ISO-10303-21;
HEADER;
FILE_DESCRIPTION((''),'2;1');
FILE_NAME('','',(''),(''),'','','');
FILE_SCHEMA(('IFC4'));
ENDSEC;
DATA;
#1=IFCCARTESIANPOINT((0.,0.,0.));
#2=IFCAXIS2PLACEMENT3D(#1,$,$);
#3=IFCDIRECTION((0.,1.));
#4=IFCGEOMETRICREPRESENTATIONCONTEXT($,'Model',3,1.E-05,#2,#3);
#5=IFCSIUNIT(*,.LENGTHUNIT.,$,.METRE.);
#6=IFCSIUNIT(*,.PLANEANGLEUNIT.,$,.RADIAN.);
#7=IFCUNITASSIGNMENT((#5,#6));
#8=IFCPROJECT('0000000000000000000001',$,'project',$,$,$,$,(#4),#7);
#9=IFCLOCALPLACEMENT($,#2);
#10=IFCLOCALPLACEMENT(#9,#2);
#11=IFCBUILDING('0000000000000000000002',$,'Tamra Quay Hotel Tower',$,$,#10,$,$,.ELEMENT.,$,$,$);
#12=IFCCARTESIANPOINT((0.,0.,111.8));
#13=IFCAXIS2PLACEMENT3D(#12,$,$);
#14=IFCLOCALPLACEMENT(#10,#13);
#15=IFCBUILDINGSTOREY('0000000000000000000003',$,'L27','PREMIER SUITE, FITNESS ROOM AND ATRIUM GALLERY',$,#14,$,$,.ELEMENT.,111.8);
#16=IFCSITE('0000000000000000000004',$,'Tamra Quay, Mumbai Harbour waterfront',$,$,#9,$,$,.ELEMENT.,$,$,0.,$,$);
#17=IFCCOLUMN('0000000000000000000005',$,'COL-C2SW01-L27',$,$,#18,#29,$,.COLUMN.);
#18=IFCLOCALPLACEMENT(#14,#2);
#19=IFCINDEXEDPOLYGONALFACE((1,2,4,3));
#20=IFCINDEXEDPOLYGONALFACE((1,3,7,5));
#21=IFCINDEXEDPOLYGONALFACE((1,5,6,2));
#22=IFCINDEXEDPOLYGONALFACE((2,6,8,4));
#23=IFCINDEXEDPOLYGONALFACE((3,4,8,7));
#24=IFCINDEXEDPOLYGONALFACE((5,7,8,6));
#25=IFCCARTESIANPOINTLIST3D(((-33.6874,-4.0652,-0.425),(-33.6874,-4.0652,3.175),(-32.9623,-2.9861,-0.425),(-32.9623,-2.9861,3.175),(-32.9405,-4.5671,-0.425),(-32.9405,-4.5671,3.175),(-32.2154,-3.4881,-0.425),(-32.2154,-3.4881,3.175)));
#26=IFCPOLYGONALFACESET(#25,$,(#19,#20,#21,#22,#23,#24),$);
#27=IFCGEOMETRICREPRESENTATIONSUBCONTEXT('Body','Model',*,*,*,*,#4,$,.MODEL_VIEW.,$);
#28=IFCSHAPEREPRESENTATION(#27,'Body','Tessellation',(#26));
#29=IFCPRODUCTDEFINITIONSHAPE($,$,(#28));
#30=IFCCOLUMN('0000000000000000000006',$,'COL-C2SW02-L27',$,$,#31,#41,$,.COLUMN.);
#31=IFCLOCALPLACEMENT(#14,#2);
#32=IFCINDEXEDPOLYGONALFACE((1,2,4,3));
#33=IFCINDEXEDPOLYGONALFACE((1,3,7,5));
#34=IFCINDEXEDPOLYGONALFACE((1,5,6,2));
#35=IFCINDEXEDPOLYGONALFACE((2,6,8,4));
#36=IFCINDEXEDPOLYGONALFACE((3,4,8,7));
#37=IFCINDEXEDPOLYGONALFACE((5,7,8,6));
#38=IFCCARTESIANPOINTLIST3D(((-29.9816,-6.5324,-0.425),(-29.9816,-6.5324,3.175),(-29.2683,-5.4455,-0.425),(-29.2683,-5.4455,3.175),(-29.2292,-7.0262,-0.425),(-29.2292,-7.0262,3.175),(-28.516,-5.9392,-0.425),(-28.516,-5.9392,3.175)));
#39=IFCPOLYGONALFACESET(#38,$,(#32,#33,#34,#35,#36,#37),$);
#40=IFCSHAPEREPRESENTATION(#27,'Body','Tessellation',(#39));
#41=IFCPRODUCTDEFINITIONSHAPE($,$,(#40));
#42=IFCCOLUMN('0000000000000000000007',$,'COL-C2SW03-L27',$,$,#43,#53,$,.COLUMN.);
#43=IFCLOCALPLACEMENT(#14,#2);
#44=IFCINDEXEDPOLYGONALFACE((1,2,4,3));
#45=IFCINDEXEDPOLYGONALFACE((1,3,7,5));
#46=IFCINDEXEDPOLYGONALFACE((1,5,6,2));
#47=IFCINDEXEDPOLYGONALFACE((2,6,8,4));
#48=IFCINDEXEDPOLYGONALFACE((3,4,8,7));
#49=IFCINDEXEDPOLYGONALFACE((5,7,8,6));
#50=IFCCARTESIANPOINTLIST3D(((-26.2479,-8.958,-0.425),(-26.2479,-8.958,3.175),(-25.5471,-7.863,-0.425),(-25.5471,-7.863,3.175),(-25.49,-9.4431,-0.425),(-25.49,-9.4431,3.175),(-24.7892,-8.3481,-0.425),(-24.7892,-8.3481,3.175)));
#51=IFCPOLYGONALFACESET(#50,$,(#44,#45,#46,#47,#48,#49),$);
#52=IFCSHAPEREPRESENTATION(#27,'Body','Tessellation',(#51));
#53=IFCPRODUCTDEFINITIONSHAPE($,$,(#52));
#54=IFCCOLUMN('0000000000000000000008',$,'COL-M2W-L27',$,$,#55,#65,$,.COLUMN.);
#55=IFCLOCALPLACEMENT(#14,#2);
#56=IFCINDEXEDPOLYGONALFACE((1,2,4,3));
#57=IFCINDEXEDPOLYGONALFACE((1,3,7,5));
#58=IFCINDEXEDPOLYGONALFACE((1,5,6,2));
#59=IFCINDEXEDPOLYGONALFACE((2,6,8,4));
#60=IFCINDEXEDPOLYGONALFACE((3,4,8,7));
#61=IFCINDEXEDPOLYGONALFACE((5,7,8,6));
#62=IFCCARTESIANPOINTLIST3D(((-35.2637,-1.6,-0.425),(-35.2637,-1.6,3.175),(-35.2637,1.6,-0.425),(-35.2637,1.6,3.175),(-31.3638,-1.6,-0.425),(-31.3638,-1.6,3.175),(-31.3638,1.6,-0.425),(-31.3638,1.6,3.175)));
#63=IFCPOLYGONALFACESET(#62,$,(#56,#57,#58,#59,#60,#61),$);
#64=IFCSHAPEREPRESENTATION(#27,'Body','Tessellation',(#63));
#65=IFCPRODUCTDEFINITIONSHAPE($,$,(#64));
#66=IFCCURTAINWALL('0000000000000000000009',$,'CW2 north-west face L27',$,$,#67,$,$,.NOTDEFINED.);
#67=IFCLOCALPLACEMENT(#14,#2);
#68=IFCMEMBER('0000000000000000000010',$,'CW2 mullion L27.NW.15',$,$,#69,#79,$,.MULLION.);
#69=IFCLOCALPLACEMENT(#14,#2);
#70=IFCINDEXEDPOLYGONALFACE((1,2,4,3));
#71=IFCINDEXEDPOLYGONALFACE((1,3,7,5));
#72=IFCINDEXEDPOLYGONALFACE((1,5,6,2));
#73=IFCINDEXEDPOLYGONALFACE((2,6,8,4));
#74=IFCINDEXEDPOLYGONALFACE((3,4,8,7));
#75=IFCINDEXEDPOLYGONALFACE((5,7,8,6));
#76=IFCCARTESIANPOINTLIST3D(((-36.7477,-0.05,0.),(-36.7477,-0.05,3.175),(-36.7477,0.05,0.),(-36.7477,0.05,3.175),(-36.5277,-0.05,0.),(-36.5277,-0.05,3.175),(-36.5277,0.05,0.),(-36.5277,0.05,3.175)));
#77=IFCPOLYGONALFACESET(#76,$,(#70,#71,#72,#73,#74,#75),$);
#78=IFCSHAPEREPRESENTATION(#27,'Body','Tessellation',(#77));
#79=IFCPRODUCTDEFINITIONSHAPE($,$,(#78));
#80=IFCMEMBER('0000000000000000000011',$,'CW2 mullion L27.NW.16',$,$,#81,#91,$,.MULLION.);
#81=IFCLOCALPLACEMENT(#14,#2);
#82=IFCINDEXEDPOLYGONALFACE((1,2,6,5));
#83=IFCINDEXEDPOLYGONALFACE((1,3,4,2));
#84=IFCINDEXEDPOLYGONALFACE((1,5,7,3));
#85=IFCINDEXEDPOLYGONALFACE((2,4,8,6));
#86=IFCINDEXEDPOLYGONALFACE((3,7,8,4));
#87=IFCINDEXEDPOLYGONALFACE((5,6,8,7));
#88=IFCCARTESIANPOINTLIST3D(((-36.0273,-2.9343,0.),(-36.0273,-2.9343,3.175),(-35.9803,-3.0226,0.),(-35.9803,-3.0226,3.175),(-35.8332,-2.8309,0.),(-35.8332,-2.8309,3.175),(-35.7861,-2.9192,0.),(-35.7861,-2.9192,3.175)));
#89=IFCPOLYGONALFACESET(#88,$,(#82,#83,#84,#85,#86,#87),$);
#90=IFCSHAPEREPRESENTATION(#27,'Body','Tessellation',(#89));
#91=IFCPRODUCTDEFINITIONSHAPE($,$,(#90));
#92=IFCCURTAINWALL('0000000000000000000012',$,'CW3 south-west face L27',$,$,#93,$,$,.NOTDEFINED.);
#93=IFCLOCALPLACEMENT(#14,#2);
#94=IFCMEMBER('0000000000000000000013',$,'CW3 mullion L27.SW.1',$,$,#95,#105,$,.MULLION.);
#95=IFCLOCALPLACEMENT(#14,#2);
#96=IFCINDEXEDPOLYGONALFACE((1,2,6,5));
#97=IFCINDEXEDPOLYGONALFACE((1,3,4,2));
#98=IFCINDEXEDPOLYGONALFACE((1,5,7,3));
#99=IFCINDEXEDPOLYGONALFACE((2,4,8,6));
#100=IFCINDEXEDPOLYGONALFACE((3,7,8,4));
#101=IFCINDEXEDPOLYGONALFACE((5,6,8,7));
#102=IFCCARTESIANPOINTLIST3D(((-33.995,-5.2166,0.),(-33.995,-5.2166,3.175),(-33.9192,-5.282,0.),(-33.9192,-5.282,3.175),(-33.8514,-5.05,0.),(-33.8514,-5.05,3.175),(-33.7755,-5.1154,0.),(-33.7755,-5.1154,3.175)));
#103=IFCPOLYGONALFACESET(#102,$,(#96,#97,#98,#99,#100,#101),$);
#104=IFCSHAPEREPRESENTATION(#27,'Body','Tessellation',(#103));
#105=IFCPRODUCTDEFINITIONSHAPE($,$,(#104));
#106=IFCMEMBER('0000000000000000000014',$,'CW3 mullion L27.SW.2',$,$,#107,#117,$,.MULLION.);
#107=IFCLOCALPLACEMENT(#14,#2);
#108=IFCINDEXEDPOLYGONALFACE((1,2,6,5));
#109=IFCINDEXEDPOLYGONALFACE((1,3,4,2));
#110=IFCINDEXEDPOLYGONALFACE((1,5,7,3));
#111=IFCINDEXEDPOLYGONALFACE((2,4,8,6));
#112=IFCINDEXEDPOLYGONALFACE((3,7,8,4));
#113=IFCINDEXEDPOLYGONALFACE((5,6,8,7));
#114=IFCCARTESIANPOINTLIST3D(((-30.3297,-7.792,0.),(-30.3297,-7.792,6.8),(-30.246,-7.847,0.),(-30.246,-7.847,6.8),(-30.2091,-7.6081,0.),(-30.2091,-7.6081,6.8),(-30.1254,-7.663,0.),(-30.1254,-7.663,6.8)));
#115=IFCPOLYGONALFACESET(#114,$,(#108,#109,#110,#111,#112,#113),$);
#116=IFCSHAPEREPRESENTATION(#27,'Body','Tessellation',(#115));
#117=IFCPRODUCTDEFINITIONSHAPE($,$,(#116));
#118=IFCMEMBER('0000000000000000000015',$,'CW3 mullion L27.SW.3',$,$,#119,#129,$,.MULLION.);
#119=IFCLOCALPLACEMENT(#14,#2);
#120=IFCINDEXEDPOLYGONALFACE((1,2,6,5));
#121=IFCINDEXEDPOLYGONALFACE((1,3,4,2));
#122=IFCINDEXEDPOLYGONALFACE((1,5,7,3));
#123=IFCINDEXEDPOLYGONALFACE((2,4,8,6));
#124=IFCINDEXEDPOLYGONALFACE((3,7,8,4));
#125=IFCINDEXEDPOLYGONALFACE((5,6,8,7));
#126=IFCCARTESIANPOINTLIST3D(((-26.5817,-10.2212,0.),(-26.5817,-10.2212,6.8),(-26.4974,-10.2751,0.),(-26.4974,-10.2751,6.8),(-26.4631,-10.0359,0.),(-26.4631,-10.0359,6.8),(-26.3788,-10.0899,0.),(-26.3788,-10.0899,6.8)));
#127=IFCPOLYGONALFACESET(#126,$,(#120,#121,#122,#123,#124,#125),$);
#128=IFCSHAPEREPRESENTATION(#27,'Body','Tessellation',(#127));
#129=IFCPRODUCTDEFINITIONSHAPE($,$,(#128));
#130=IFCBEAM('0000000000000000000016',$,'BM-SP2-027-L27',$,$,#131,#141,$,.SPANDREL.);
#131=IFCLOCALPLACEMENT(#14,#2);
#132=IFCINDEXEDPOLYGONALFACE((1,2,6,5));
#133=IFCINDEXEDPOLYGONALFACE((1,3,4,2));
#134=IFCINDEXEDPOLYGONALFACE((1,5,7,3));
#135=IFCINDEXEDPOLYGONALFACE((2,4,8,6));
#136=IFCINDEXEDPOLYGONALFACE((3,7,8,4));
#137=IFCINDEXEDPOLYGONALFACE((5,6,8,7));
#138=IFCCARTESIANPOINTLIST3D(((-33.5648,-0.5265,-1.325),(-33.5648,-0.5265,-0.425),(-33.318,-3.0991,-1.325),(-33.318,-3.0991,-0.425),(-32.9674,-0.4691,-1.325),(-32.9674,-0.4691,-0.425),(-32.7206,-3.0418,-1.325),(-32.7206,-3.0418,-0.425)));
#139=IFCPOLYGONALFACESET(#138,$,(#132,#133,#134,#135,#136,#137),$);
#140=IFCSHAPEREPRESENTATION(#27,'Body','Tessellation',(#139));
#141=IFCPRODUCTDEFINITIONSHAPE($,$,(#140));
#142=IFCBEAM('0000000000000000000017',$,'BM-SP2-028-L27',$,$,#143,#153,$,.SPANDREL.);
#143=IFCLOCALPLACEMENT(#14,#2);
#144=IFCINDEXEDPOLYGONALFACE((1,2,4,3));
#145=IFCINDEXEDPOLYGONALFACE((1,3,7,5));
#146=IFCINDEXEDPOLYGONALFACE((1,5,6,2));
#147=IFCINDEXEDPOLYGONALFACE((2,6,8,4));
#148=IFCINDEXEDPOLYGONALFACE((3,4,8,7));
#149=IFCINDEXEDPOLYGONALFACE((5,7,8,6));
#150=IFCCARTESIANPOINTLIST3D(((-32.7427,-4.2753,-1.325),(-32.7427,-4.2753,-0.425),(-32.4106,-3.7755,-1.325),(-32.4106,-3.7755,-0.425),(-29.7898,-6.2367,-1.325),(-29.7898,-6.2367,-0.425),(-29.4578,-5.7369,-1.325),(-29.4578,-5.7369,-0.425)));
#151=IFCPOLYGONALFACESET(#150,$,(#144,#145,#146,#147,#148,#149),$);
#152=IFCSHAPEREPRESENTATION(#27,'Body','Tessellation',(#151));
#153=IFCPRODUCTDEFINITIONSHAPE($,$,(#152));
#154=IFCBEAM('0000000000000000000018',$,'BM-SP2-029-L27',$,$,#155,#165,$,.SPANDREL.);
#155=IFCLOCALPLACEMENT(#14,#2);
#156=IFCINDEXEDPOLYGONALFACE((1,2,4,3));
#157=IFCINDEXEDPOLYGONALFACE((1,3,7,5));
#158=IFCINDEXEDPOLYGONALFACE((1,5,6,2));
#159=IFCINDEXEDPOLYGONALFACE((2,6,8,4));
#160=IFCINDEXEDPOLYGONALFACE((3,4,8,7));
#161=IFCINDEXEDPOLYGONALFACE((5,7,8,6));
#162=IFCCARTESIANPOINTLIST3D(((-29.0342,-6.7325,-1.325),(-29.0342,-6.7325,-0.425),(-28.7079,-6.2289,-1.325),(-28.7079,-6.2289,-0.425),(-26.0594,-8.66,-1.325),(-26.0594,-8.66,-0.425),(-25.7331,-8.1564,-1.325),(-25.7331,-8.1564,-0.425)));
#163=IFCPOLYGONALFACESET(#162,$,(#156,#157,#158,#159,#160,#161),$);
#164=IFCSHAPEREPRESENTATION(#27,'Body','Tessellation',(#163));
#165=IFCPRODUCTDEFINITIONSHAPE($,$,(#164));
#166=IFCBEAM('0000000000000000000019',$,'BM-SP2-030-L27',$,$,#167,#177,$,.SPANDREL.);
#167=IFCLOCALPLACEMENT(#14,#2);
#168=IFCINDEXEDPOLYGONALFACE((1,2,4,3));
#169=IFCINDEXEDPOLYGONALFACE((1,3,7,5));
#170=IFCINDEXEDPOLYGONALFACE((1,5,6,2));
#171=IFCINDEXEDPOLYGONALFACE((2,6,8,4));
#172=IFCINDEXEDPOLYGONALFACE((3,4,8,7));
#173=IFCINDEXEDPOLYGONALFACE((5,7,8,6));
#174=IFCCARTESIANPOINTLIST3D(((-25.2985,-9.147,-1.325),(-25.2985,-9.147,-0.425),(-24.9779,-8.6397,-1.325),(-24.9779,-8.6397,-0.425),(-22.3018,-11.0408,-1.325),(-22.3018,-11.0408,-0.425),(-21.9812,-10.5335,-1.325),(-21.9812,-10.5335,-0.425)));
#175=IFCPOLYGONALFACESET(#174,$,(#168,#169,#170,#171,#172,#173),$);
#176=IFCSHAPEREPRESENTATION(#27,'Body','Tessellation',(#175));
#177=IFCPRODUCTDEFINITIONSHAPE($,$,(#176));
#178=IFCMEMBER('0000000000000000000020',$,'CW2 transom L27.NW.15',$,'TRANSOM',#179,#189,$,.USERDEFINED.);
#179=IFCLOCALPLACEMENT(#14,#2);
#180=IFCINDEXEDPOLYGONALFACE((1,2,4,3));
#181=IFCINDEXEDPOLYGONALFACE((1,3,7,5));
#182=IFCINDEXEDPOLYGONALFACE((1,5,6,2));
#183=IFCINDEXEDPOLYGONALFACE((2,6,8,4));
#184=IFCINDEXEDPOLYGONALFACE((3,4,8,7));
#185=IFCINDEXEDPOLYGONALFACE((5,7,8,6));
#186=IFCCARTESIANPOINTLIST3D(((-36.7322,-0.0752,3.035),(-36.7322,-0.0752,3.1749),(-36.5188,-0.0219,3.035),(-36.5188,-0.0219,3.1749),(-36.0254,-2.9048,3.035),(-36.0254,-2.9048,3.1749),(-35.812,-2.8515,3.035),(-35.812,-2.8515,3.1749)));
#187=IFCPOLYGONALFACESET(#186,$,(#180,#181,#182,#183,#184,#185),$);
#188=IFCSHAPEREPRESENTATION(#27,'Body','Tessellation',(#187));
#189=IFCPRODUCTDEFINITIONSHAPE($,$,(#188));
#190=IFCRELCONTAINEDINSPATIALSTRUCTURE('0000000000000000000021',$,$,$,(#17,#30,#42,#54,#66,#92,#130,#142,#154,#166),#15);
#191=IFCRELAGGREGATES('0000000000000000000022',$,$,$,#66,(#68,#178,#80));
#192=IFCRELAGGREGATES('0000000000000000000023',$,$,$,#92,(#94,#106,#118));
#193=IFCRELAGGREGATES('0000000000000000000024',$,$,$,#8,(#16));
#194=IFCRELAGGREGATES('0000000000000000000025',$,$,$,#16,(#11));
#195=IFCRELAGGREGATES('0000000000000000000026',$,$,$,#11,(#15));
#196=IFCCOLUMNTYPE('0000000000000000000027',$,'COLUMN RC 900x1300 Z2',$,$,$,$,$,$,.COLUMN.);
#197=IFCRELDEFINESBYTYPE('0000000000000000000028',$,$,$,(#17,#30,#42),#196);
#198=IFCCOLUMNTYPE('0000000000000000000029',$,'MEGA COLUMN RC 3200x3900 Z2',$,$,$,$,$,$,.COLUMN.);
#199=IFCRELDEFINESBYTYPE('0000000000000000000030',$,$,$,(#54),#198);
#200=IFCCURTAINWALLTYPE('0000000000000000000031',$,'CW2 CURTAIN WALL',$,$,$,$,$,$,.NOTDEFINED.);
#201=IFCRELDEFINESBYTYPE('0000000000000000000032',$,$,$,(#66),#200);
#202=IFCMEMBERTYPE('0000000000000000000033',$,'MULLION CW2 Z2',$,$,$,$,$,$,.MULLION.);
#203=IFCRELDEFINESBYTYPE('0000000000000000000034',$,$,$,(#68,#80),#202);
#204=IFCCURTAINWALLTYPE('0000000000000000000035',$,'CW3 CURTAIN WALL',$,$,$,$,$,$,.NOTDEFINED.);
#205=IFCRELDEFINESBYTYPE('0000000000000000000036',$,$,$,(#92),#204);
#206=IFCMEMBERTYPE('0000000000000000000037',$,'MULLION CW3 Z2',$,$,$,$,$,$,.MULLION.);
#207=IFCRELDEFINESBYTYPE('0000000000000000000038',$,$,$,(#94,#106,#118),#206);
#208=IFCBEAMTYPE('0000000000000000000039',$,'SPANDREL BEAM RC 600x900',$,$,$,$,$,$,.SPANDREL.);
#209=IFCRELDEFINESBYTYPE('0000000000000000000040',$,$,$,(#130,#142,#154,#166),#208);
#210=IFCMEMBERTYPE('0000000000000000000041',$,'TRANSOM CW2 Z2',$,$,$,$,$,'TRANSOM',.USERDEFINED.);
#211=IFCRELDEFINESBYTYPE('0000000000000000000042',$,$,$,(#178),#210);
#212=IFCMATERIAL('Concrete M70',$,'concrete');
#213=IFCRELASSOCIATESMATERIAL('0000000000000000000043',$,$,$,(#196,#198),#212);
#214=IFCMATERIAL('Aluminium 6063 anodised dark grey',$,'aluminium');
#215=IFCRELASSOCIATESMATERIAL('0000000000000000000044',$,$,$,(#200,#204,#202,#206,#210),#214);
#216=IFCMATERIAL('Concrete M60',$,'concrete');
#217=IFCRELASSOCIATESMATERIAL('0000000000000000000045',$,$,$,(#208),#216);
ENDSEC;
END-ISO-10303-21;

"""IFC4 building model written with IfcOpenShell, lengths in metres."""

from ifc_helpers import new_model, si_unit, direction, frame, origin, origin_2d, place, context, subcontext, project, spatial, rectangle, extrude, material, material_profile, profile_set, type_object, element, aggregate, save


model = new_model("IFC4")

# Units and contexts
model_context = context("Model", 3, precision=1e-05, world=origin(), true_north=direction((0.0, 1.0)))
body_context = subcontext(model_context, "Body", "Model", "MODEL_VIEW")
ifc_project = project(units=[si_unit("LENGTHUNIT", "METRE"), si_unit("PLANEANGLEUNIT", "RADIAN")], contexts=[model_context])

# Site, building, storey
site_placement = place(None, origin())
site = spatial("IfcSite", under=ifc_project, at=site_placement, Name="Tamra Quay, Mumbai Harbour waterfront", CompositionType="ELEMENT", RefElevation=0.0)
building_placement = place(site_placement, origin())
building = spatial("IfcBuilding", under=site, at=building_placement, Name="Tamra Quay Hotel Tower", CompositionType="ELEMENT")
storey_placement = place(building_placement, frame((0.0, 0.0, 111.8)))
storey = spatial("IfcBuildingStorey", under=building, at=storey_placement, Name="L27", Description="PREMIER SUITE, FITNESS ROOM AND ATRIUM GALLERY", CompositionType="ELEMENT", Elevation=111.8)

# Columns
ifc_material_1 = material(Name="Concrete M70", Category="concrete")
ifc_material_profile_1 = material_profile(ifc_material_1, rectangle(XDim=1.3, YDim=0.8999, at=origin_2d()), Name="COLUMN RC 900x1300 Z2")
ifc_profile_set_1 = profile_set([ifc_material_profile_1], Name="Concrete M70")
column_type_1 = type_object("IfcColumnType", Name="COLUMN RC 900x1300 Z2", PredefinedType="COLUMN", material=ifc_profile_set_1)
for number, where, z_axis, x_axis, name in (
    (1, (-32.9514, -3.7766, -0.425), (0.0, 0.0, 1.0), (0.557767, 0.829998, 0.0), "COL-C2SW01-L27"),
    (2, (-29.2488, -6.2358, -0.425), (0.0, 0.0, 1.0), (0.548641, 0.836058, 0.0), "COL-C2SW02-L27"),
    (3, (-25.5186, -8.6531, -0.425), (0.0, 0.0, 1.0), (0.539065, 0.842264, 0.0), "COL-C2SW03-L27"),
):
    element("IfcColumn", number, at=place(storey_placement, frame(where, z_axis=z_axis, x_axis=x_axis)), inside=storey, type_object=column_type_1, Name=name, PredefinedType="COLUMN", context=body_context, shape_type="SweptSolid", body=[
        extrude(rectangle(XDim=1.3, YDim=0.8999, at=origin_2d()), origin(), (0.0, 0.0, 1.0), 3.6001),
    ])
ifc_material_profile_2 = material_profile(ifc_material_1, rectangle(XDim=3.8999, YDim=3.2, at=origin_2d()), Name="MEGA COLUMN RC 3200x3900 Z2")
ifc_profile_set_2 = profile_set([ifc_material_profile_2], Name="Concrete M70")
column_type_2 = type_object("IfcColumnType", Name="MEGA COLUMN RC 3200x3900 Z2", PredefinedType="COLUMN", material=ifc_profile_set_2)
column_placement = place(storey_placement, frame((-33.3137, 0.0, -0.425), z_axis=(0.0, 0.0, 1.0), x_axis=(1.0, 0.0, 0.0)))
element("IfcColumn", 4, at=column_placement, inside=storey, type_object=column_type_2, Name="COL-M2W-L27", PredefinedType="COLUMN", context=body_context, shape_type="SweptSolid", body=[
    extrude(rectangle(XDim=3.8999, YDim=3.2, at=origin_2d()), origin(), (0.0, 0.0, 1.0), 3.6001),
])

# Curtain walls, members
ifc_material_2 = material(Name="Aluminium 6063 anodised dark grey", Category="aluminium")
curtain_wall_type_1 = type_object("IfcCurtainWallType", Name="CW2 CURTAIN WALL", PredefinedType="NOTDEFINED", material=ifc_material_2)
curtain_wall_1_placement = place(storey_placement, origin())
curtain_wall_1 = element("IfcCurtainWall", 5, at=curtain_wall_1_placement, inside=storey, type_object=curtain_wall_type_1, Name="CW2 north-west face L27", PredefinedType="NOTDEFINED")
ifc_material_profile_3 = material_profile(ifc_material_2, rectangle(XDim=0.22, YDim=0.1001, at=origin_2d()), Name="MULLION 100X220")
ifc_profile_set_3 = profile_set([ifc_material_profile_3], Name="Aluminium 6063 anodised dark grey")
member_type_1 = type_object("IfcMemberType", Name="MULLION CW2 Z2", PredefinedType="MULLION", material=ifc_profile_set_3)
member_1_placement = place(storey_placement, frame((-36.6377, 0.0, 0.0), z_axis=(0.0, 0.0, 1.0), x_axis=(-1.0, 0.0, 0.0)))
member_1 = element("IfcMember", 6, at=member_1_placement, type_object=member_type_1, Name="CW2 mullion L27.NW.15", PredefinedType="MULLION", context=body_context, shape_type="SweptSolid", body=[
    extrude(rectangle(XDim=0.22, YDim=0.1001, at=origin_2d()), origin(), (0.0, 0.0, 1.0), 3.175),
])
member_2_placement = place(storey_placement, frame((-35.9067, -2.9268, 0.0), z_axis=(0.0, 0.0, 1.0), x_axis=(-0.882544, -0.47023, 0.0)))
member_2 = element("IfcMember", 7, at=member_2_placement, type_object=member_type_1, Name="CW2 mullion L27.NW.16", PredefinedType="MULLION", context=body_context, shape_type="SweptSolid", body=[
    extrude(rectangle(XDim=0.22, YDim=0.1001, at=origin_2d()), origin(), (0.0, 0.0, 1.0), 3.175),
])
curtain_wall_type_2 = type_object("IfcCurtainWallType", Name="CW3 CURTAIN WALL", PredefinedType="NOTDEFINED", material=ifc_material_2)
curtain_wall_2_placement = place(storey_placement, origin())
curtain_wall_2 = element("IfcCurtainWall", 8, at=curtain_wall_2_placement, inside=storey, type_object=curtain_wall_type_2, Name="CW3 south-west face L27", PredefinedType="NOTDEFINED")
ifc_material_profile_4 = material_profile(ifc_material_2, rectangle(XDim=0.22, YDim=0.1001, at=origin_2d()), Name="MULLION 100X220")
ifc_profile_set_4 = profile_set([ifc_material_profile_4], Name="Aluminium 6063 anodised dark grey")
member_type_2 = type_object("IfcMemberType", Name="MULLION CW3 Z2", PredefinedType="MULLION", material=ifc_profile_set_4)
member_3_placement = place(storey_placement, frame((-33.8853, -5.166, 0.0), z_axis=(0.0, 0.0, 1.0), x_axis=(-0.652887, -0.757455, 0.0)))
member_3 = element("IfcMember", 9, at=member_3_placement, type_object=member_type_2, Name="CW3 mullion L27.SW.1", PredefinedType="MULLION", context=body_context, shape_type="SweptSolid", body=[
    extrude(rectangle(XDim=0.22, YDim=0.1001, at=origin_2d()), origin(), (0.0, 0.0, 1.0), 3.175),
])
member_4_placement = place(storey_placement, frame((-30.2275, -7.7275, 0.0), z_axis=(0.0, 0.0, 1.0), x_axis=(-0.548547, -0.836119, 0.0)))
member_4 = element("IfcMember", 10, at=member_4_placement, type_object=member_type_2, Name="CW3 mullion L27.SW.2", PredefinedType="MULLION", context=body_context, shape_type="SweptSolid", body=[
    extrude(rectangle(XDim=0.22, YDim=0.1001, at=origin_2d()), origin(), (0.0, 0.0, 1.0), 6.8),
])
member_5_placement = place(storey_placement, frame((-26.4802, -10.1555, 0.0), z_axis=(0.0, 0.0, 1.0), x_axis=(-0.538998, -0.842307, 0.0)))
member_5 = element("IfcMember", 11, at=member_5_placement, type_object=member_type_2, Name="CW3 mullion L27.SW.3", PredefinedType="MULLION", context=body_context, shape_type="SweptSolid", body=[
    extrude(rectangle(XDim=0.22, YDim=0.1001, at=origin_2d()), origin(), (0.0, 0.0, 1.0), 6.8),
])

# Beams
ifc_material_3 = material(Name="Concrete M60", Category="concrete")
ifc_material_profile_5 = material_profile(ifc_material_3, rectangle(XDim=0.6001, YDim=0.8999, at=origin_2d()), Name="SPANDREL BEAM RC 600x900")
ifc_profile_set_5 = profile_set([ifc_material_profile_5], Name="Concrete M60")
beam_type = type_object("IfcBeamType", Name="SPANDREL BEAM RC 600x900", PredefinedType="SPANDREL", material=ifc_profile_set_5)
beam_1_placement = place(storey_placement, frame((-33.2661, -0.4978, -0.875), z_axis=(0.0955, -0.995429, 0.0), x_axis=(0.995429, 0.0955, 0.0)))
element("IfcBeam", 12, at=beam_1_placement, inside=storey, type_object=beam_type, Name="BM-SP2-027-L27", PredefinedType="SPANDREL", context=body_context, shape_type="SweptSolid", body=[
    extrude(rectangle(XDim=0.6001, YDim=0.8999, at=origin_2d()), origin(), (0.0, 0.0, 1.0), 2.5845),
])
beam_2_placement = place(storey_placement, frame((-32.5767, -4.0254, -0.875), z_axis=(0.832982, -0.553301, 0.0), x_axis=(0.553301, 0.832982, 0.0)))
element("IfcBeam", 13, at=beam_2_placement, inside=storey, type_object=beam_type, Name="BM-SP2-028-L27", PredefinedType="SPANDREL", context=body_context, shape_type="SweptSolid", body=[
    extrude(rectangle(XDim=0.6001, YDim=0.8999, at=origin_2d()), origin(), (0.0, 0.0, 1.0), 3.5449),
])
beam_3_placement = place(storey_placement, frame((-28.8711, -6.4807, -0.875), z_axis=(0.839237, -0.543765, 0.0), x_axis=(0.543765, 0.839237, 0.0)))
element("IfcBeam", 14, at=beam_3_placement, inside=storey, type_object=beam_type, Name="BM-SP2-029-L27", PredefinedType="SPANDREL", context=body_context, shape_type="SweptSolid", body=[
    extrude(rectangle(XDim=0.6001, YDim=0.8999, at=origin_2d()), origin(), (0.0, 0.0, 1.0), 3.5447),
])
beam_4_placement = place(storey_placement, frame((-25.1382, -8.8933, -0.875), z_axis=(0.845333, -0.534239, 0.0), x_axis=(0.534239, 0.845333, 0.0)))
element("IfcBeam", 15, at=beam_4_placement, inside=storey, type_object=beam_type, Name="BM-SP2-030-L27", PredefinedType="SPANDREL", context=body_context, shape_type="SweptSolid", body=[
    extrude(rectangle(XDim=0.6001, YDim=0.8999, at=origin_2d()), origin(), (0.0, 0.0, 1.0), 3.5449),
])

# Member
ifc_material_profile_6 = material_profile(ifc_material_2, rectangle(XDim=0.22, YDim=0.1399, at=origin_2d()), Name="TRANSOM 220X140")
ifc_profile_set_6 = profile_set([ifc_material_profile_6], Name="Aluminium 6063 anodised dark grey")
member_type_3 = type_object("IfcMemberType", Name="TRANSOM CW2 Z2", ElementType="TRANSOM", PredefinedType="USERDEFINED", material=ifc_profile_set_6)
member_6_placement = place(storey_placement, frame((-36.6255, -0.0486, 3.105), z_axis=(0.242339, -0.970192, 0.0), x_axis=(0.970192, 0.242339, 0.0)))
member_6 = element("IfcMember", 16, at=member_6_placement, type_object=member_type_3, Name="CW2 transom L27.NW.15", ObjectType="TRANSOM", PredefinedType="USERDEFINED", context=body_context, shape_type="SweptSolid", body=[
    extrude(rectangle(XDim=0.22, YDim=0.1399, at=origin_2d()), origin(), (0.0, 0.0, 1.0), 2.9165),
])

aggregate(curtain_wall_1, [member_1, member_6, member_2])
aggregate(curtain_wall_2, [member_3, member_4, member_5])

save(model, "model.ifc")
